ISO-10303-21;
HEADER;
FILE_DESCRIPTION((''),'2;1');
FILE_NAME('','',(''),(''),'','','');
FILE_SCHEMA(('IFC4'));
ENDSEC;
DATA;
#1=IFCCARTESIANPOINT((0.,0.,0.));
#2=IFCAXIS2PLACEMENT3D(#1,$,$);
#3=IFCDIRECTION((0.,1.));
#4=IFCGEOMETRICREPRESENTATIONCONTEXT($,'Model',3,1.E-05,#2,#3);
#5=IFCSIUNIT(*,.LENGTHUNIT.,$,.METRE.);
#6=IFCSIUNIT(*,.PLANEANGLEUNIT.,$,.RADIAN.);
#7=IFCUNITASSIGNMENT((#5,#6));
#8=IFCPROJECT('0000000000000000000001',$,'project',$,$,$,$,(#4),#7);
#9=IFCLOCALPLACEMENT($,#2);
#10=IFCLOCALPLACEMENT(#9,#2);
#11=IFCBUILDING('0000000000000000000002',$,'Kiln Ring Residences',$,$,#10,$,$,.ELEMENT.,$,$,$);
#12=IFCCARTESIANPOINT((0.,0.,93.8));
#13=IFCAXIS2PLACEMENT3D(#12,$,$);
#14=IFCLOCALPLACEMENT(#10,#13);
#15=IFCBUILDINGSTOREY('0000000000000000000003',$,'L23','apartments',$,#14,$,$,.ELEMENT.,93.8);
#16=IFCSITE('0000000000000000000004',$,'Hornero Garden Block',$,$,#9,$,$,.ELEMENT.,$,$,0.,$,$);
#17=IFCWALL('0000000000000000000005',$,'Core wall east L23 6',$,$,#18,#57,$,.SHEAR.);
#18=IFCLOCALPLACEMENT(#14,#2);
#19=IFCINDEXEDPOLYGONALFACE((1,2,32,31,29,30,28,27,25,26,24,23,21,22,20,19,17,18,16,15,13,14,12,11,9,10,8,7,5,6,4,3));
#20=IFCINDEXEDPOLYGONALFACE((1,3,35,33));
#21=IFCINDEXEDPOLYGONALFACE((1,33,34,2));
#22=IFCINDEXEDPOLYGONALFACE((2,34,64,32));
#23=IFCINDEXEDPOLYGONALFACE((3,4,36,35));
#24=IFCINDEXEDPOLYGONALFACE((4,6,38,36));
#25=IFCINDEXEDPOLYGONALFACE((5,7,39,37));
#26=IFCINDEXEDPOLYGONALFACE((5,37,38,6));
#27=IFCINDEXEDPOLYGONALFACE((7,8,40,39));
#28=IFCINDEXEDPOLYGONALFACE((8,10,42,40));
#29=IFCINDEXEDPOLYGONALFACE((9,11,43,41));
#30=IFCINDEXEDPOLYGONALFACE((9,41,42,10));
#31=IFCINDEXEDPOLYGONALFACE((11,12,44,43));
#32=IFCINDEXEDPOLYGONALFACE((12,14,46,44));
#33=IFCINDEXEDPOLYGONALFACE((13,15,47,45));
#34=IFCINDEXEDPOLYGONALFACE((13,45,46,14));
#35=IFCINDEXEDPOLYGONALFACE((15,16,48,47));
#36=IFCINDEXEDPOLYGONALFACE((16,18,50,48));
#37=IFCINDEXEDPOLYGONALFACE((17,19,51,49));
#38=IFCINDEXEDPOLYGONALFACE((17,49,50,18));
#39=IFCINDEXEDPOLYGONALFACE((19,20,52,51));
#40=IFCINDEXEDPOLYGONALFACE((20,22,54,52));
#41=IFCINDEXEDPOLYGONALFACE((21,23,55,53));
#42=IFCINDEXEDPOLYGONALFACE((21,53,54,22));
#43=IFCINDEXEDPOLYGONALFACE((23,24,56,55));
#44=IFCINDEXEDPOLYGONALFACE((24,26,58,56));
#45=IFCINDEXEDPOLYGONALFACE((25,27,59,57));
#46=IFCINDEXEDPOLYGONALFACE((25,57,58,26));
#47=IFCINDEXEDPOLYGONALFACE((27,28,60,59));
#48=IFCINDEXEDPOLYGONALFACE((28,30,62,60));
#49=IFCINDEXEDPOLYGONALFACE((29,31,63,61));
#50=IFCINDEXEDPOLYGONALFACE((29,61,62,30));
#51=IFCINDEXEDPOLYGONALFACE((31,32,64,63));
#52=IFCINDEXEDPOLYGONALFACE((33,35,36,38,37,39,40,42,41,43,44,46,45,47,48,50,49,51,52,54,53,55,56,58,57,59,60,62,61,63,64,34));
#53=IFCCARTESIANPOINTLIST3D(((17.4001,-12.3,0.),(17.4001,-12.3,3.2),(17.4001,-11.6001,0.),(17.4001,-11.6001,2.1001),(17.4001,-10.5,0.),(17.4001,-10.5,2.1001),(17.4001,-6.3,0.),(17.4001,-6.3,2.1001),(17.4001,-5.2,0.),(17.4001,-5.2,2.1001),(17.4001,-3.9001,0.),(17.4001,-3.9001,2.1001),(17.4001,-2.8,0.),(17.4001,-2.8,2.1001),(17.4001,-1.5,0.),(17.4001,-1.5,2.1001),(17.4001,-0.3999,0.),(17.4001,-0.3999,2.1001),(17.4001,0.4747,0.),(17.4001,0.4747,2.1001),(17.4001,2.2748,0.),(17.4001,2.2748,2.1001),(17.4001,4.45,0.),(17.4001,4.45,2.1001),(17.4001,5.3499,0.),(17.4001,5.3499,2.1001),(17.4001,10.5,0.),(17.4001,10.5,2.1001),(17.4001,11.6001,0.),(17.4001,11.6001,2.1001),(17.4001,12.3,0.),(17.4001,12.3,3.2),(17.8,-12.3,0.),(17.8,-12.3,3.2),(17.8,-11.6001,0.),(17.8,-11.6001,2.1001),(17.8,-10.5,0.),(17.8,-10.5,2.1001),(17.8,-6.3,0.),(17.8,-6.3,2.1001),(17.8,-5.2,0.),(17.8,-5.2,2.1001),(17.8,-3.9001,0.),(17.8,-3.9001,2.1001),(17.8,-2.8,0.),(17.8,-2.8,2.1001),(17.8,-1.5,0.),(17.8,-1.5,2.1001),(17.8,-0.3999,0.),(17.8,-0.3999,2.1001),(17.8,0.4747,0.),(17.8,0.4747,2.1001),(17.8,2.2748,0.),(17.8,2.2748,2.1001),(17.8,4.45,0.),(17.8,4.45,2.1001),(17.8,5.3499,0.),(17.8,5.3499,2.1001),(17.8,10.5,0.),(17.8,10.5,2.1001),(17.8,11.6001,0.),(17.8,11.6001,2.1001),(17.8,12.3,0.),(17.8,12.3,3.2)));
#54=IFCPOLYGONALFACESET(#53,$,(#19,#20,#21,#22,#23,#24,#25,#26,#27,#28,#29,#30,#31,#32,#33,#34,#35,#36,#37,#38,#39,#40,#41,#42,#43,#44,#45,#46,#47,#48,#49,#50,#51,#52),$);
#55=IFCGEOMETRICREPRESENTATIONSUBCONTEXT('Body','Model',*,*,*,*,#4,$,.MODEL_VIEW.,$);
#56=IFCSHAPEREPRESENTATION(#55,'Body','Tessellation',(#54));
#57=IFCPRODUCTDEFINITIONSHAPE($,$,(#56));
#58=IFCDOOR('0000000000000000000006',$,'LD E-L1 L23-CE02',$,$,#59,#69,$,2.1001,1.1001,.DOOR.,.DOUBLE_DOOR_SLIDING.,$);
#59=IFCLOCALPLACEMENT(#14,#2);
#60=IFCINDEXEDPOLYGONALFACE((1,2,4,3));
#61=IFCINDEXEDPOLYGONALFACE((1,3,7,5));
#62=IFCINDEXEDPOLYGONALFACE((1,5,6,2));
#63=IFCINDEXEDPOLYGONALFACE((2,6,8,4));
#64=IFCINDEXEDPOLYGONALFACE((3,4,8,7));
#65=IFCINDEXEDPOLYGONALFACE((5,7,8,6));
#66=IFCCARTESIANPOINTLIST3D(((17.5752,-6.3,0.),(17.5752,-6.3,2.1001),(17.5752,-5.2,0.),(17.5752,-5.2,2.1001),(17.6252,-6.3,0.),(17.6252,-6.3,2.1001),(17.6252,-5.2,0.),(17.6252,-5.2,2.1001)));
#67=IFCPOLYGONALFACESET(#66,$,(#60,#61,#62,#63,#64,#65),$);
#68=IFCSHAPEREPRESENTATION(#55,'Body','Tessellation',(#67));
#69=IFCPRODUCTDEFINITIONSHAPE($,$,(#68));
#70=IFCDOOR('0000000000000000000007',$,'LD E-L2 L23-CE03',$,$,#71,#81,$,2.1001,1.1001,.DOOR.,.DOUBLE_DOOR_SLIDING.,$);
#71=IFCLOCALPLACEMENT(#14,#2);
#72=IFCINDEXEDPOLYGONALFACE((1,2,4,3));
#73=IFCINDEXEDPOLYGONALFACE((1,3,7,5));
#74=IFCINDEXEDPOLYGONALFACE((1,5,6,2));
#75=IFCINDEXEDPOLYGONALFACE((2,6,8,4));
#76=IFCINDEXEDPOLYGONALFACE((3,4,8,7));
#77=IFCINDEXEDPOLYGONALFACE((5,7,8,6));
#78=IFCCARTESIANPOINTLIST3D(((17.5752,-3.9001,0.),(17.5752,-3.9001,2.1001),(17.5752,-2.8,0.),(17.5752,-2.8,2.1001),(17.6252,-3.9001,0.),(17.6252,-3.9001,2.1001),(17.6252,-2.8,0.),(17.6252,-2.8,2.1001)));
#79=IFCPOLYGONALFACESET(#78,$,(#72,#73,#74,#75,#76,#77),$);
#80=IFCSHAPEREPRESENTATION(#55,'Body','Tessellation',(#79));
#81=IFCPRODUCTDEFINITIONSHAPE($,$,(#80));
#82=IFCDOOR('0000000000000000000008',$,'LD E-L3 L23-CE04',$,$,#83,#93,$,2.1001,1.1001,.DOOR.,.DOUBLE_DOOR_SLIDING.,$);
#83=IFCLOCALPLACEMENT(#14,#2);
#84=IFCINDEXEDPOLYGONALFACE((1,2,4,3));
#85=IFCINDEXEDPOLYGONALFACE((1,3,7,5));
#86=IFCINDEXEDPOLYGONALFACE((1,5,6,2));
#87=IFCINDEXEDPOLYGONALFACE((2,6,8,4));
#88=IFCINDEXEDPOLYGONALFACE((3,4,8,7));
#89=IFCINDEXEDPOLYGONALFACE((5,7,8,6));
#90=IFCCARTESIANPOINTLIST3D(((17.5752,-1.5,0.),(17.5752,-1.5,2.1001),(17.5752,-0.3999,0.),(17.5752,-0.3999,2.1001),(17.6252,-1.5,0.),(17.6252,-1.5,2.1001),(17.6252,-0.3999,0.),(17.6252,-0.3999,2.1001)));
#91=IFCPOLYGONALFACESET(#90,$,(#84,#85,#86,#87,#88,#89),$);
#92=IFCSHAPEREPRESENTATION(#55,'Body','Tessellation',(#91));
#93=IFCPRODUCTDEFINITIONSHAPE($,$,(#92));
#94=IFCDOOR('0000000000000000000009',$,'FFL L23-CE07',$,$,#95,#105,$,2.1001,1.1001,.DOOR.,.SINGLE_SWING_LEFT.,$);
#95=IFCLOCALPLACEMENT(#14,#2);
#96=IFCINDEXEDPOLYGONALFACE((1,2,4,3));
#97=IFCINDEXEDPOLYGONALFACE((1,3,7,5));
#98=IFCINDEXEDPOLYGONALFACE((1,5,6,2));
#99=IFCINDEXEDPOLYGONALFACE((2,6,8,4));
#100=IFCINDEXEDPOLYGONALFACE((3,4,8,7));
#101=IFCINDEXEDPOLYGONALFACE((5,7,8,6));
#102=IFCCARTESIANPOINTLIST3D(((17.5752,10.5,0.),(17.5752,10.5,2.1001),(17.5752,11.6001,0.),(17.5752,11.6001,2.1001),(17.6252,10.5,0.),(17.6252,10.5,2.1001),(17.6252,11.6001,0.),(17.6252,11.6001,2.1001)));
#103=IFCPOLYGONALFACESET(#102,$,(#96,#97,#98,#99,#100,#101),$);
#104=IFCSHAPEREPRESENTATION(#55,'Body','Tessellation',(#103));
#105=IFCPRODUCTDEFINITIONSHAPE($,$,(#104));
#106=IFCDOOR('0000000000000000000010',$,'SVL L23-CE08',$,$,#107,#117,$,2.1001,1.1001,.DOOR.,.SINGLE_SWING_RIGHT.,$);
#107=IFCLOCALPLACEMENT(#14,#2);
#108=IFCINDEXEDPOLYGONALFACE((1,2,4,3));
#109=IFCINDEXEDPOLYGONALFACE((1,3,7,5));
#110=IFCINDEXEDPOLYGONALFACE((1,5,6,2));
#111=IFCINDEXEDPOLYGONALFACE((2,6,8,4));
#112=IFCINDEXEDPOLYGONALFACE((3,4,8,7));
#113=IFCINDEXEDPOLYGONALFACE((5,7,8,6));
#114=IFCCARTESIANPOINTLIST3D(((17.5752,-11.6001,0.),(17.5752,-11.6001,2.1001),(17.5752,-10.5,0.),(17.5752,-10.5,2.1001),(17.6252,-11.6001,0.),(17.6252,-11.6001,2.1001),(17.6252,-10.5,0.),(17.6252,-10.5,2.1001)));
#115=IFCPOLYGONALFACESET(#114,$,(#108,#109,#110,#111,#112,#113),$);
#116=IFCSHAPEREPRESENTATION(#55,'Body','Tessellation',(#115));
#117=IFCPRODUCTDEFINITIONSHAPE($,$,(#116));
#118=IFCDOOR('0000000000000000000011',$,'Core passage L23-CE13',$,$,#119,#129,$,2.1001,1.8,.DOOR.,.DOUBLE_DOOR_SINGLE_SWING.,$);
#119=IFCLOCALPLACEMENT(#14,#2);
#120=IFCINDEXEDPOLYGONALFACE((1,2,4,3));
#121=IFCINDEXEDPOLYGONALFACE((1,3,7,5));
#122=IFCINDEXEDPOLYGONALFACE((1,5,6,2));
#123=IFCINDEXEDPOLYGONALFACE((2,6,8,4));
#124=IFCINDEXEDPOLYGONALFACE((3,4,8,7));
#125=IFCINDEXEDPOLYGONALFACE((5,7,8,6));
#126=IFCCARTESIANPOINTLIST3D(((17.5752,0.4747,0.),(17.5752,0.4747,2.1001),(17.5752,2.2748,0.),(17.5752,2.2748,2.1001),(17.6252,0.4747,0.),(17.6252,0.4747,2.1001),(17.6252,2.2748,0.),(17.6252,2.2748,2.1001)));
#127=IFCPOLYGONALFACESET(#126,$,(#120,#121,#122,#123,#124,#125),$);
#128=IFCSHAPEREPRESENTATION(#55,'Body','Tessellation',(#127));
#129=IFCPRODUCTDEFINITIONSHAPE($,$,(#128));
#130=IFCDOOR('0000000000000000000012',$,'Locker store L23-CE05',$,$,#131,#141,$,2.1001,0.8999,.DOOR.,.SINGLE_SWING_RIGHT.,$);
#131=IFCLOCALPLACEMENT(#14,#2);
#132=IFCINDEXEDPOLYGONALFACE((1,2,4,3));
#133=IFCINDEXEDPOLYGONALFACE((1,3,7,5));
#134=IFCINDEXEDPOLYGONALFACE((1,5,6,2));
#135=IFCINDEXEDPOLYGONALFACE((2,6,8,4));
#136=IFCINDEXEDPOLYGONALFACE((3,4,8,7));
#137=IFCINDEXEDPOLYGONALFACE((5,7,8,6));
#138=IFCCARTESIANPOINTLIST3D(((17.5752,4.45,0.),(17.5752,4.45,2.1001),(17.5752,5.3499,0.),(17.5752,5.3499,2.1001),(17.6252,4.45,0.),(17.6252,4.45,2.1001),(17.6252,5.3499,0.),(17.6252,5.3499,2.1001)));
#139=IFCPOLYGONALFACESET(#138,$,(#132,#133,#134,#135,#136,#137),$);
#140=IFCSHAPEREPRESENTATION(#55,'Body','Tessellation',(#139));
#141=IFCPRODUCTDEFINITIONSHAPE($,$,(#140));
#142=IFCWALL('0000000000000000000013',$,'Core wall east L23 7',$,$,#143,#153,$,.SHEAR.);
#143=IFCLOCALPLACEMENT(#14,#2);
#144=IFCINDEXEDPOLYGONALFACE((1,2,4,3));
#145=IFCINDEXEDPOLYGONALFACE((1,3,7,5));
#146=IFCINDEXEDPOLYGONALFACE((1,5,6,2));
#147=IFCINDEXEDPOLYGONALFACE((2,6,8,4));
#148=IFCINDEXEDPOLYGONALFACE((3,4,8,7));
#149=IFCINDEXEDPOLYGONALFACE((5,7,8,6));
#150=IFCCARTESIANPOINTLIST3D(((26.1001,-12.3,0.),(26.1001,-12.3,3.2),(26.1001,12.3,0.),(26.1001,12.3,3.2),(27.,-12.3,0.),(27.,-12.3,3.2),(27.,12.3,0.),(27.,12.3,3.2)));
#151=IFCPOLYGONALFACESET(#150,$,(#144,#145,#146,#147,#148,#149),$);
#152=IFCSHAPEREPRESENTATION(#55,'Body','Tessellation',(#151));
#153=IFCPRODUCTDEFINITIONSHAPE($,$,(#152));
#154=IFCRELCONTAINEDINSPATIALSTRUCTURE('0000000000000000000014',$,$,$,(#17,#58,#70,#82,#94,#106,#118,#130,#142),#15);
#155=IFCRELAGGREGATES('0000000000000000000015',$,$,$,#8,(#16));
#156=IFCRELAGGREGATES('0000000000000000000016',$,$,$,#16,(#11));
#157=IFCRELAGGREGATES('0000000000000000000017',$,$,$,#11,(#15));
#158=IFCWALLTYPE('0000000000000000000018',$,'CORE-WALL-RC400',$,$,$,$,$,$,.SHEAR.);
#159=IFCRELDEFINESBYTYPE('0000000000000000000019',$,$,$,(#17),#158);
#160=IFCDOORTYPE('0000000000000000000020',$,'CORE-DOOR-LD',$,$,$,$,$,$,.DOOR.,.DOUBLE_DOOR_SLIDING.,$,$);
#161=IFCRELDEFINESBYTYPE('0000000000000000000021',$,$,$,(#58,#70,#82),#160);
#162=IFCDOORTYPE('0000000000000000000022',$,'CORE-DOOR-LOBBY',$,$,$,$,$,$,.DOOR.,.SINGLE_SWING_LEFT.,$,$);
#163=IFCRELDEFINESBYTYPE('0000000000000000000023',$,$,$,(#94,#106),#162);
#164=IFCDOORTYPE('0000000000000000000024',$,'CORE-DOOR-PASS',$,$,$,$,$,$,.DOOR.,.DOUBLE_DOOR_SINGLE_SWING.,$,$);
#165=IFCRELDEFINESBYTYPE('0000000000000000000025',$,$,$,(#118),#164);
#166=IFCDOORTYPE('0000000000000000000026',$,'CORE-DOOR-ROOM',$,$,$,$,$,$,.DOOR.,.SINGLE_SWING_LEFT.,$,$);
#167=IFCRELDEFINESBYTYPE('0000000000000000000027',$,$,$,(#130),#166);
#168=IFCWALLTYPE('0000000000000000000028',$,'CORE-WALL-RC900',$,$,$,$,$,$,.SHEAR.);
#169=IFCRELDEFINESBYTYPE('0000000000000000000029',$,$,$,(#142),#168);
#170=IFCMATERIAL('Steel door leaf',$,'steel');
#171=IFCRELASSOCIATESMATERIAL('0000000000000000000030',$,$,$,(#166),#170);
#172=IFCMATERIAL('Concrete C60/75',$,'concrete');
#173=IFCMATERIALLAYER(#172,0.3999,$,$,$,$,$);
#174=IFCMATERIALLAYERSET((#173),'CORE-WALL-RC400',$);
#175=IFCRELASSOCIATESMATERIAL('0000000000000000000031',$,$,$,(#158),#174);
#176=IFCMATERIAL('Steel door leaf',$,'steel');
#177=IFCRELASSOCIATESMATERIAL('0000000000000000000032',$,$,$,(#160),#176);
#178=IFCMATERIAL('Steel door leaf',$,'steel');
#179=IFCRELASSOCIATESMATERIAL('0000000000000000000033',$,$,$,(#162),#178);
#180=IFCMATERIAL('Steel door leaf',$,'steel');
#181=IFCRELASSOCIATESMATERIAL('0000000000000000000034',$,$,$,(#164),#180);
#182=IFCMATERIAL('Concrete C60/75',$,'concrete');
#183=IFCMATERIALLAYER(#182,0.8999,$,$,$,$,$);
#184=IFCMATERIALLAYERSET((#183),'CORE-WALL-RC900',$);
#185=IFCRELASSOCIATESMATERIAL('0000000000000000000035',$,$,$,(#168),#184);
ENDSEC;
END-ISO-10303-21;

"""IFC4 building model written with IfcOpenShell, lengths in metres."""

from ifc_helpers import new_model, si_unit, direction, frame, frame_2d, origin, place, context, subcontext, project, spatial, rectangle, extrude, material, layer, layer_set, type_object, element, fill, save


model = new_model("IFC4")

# Units and contexts
model_context = context("Model", 3, precision=1e-05, world=origin(), true_north=direction((0.0, 1.0)))
body_context = subcontext(model_context, "Body", "Model", "MODEL_VIEW")
ifc_project = project(units=[si_unit("LENGTHUNIT", "METRE"), si_unit("PLANEANGLEUNIT", "RADIAN")], contexts=[model_context])

# Site, building, storey
site_placement = place(None, origin())
site = spatial("IfcSite", under=ifc_project, at=site_placement, Name="Hornero Garden Block", CompositionType="ELEMENT", RefElevation=0.0)
building_placement = place(site_placement, origin())
building = spatial("IfcBuilding", under=site, at=building_placement, Name="Kiln Ring Residences", CompositionType="ELEMENT")
storey_placement = place(building_placement, frame((0.0, 0.0, 93.8)))
storey = spatial("IfcBuildingStorey", under=building, at=storey_placement, Name="L23", Description="apartments", CompositionType="ELEMENT", Elevation=93.8)

# Shared definitions
ifc_material_1 = material(Name="Steel door leaf", Category="steel")
door_type_1 = type_object("IfcDoorType", Name="CORE-DOOR-ROOM", OperationType="SINGLE_SWING_LEFT", PredefinedType="DOOR", material=ifc_material_1)

# Wall, openings, doors
ifc_material_2 = material(Name="Concrete C60/75", Category="concrete")
ifc_layer_1 = layer(ifc_material_2, 0.3999)
ifc_layer_set_1 = layer_set([ifc_layer_1], Name="CORE-WALL-RC400")
wall_type_1 = type_object("IfcWallType", Name="CORE-WALL-RC400", PredefinedType="SHEAR", material=ifc_layer_set_1)
wall_1_placement = place(storey_placement, frame((17.6001, -12.3, 0.0), z_axis=(0.0, 0.0, 1.0), x_axis=(0.0, 1.0, 0.0)))
wall_1 = element("IfcWall", 1, at=wall_1_placement, inside=storey, type_object=wall_type_1, Name="Core wall east L23 6", PredefinedType="SHEAR", context=body_context, shape_type="SweptSolid", body=[
    extrude(rectangle(XDim=24.6001, YDim=0.3999, at=frame_2d((12.3, 0.0))), origin(), (0.0, 0.0, 1.0), 3.2),
])
opening_1_placement = place(wall_1_placement, frame((6.0, 0.0, 0.0)))
opening_1 = element("IfcOpeningElement", 2, at=opening_1_placement, cuts=wall_1, PredefinedType="OPENING", context=body_context, shape_type="SweptSolid", body=[
    extrude(rectangle(XDim=1.1001, YDim=2.1001, at=frame_2d((0.55, 1.05))), frame((0.0, 0.21, 0.0), z_axis=(0.0, -1.0, 0.0), x_axis=(1.0, 0.0, 0.0)), (0.0, 0.0, 1.0), 0.4199),
])
opening_2_placement = place(wall_1_placement, frame((8.3999, 0.0, 0.0)))
opening_2 = element("IfcOpeningElement", 3, at=opening_2_placement, cuts=wall_1, PredefinedType="OPENING", context=body_context, shape_type="SweptSolid", body=[
    extrude(rectangle(XDim=1.1001, YDim=2.1001, at=frame_2d((0.55, 1.05))), frame((0.0, 0.21, 0.0), z_axis=(0.0, -1.0, 0.0), x_axis=(1.0, 0.0, 0.0)), (0.0, 0.0, 1.0), 0.4199),
])
opening_3_placement = place(wall_1_placement, frame((10.8, 0.0, 0.0)))
opening_3 = element("IfcOpeningElement", 4, at=opening_3_placement, cuts=wall_1, PredefinedType="OPENING", context=body_context, shape_type="SweptSolid", body=[
    extrude(rectangle(XDim=1.1001, YDim=2.1001, at=frame_2d((0.55, 1.05))), frame((0.0, 0.21, 0.0), z_axis=(0.0, -1.0, 0.0), x_axis=(1.0, 0.0, 0.0)), (0.0, 0.0, 1.0), 0.4199),
])
opening_4_placement = place(wall_1_placement, frame((16.75, 0.0, 0.0)))
opening_4 = element("IfcOpeningElement", 5, at=opening_4_placement, cuts=wall_1, PredefinedType="OPENING", context=body_context, shape_type="SweptSolid", body=[
    extrude(rectangle(XDim=0.8999, YDim=2.1001, at=frame_2d((0.45, 1.05))), frame((0.0, 0.21, 0.0), z_axis=(0.0, -1.0, 0.0), x_axis=(1.0, 0.0, 0.0)), (0.0, 0.0, 1.0), 0.4199),
])
opening_5_placement = place(wall_1_placement, frame((22.8, 0.0, 0.0)))
opening_5 = element("IfcOpeningElement", 6, at=opening_5_placement, cuts=wall_1, PredefinedType="OPENING", context=body_context, shape_type="SweptSolid", body=[
    extrude(rectangle(XDim=1.1001, YDim=2.1001, at=frame_2d((0.55, 1.05))), frame((0.0, 0.21, 0.0), z_axis=(0.0, -1.0, 0.0), x_axis=(1.0, 0.0, 0.0)), (0.0, 0.0, 1.0), 0.4199),
])
opening_6_placement = place(wall_1_placement, frame((0.7, 0.0, 0.0)))
opening_6 = element("IfcOpeningElement", 7, at=opening_6_placement, cuts=wall_1, PredefinedType="OPENING", context=body_context, shape_type="SweptSolid", body=[
    extrude(rectangle(XDim=1.1001, YDim=2.1001, at=frame_2d((0.55, 1.05))), frame((0.0, 0.21, 0.0), z_axis=(0.0, -1.0, 0.0), x_axis=(1.0, 0.0, 0.0)), (0.0, 0.0, 1.0), 0.4199),
])
opening_7_placement = place(wall_1_placement, frame((12.7749, 0.0, 0.0)))
opening_7 = element("IfcOpeningElement", 8, at=opening_7_placement, cuts=wall_1, PredefinedType="OPENING", context=body_context, shape_type="SweptSolid", body=[
    extrude(rectangle(XDim=1.8, YDim=2.1001, at=frame_2d((0.8999, 1.05))), frame((0.0, 0.21, 0.0), z_axis=(0.0, -1.0, 0.0), x_axis=(1.0, 0.0, 0.0)), (0.0, 0.0, 1.0), 0.4199),
])
ifc_material_3 = material(Name="Steel door leaf", Category="steel")
door_type_2 = type_object("IfcDoorType", Name="CORE-DOOR-LD", OperationType="DOUBLE_DOOR_SLIDING", PredefinedType="DOOR", material=ifc_material_3)
door_1_placement = place(opening_1_placement, origin())
door_1 = element("IfcDoor", 9, at=door_1_placement, inside=storey, type_object=door_type_2, Name="LD E-L1 L23-CE02", OperationType="DOUBLE_DOOR_SLIDING", OverallHeight=2.1001, OverallWidth=1.1001, PredefinedType="DOOR", context=body_context, shape_type="SweptSolid", body=[
    extrude(rectangle(XDim=1.1001, YDim=2.1001, at=frame_2d((0.55, 1.05))), frame((0.0, 0.0249, 0.0), z_axis=(0.0, -1.0, 0.0), x_axis=(1.0, 0.0, 0.0)), (0.0, 0.0, 1.0), 0.05),
])
fill(opening_1, door_1)
door_2_placement = place(opening_2_placement, origin())
door_2 = element("IfcDoor", 10, at=door_2_placement, inside=storey, type_object=door_type_2, Name="LD E-L2 L23-CE03", OperationType="DOUBLE_DOOR_SLIDING", OverallHeight=2.1001, OverallWidth=1.1001, PredefinedType="DOOR", context=body_context, shape_type="SweptSolid", body=[
    extrude(rectangle(XDim=1.1001, YDim=2.1001, at=frame_2d((0.55, 1.05))), frame((0.0, 0.0249, 0.0), z_axis=(0.0, -1.0, 0.0), x_axis=(1.0, 0.0, 0.0)), (0.0, 0.0, 1.0), 0.05),
])
fill(opening_2, door_2)
door_3_placement = place(opening_3_placement, origin())
door_3 = element("IfcDoor", 11, at=door_3_placement, inside=storey, type_object=door_type_2, Name="LD E-L3 L23-CE04", OperationType="DOUBLE_DOOR_SLIDING", OverallHeight=2.1001, OverallWidth=1.1001, PredefinedType="DOOR", context=body_context, shape_type="SweptSolid", body=[
    extrude(rectangle(XDim=1.1001, YDim=2.1001, at=frame_2d((0.55, 1.05))), frame((0.0, 0.0249, 0.0), z_axis=(0.0, -1.0, 0.0), x_axis=(1.0, 0.0, 0.0)), (0.0, 0.0, 1.0), 0.05),
])
fill(opening_3, door_3)
ifc_material_4 = material(Name="Steel door leaf", Category="steel")
door_type_3 = type_object("IfcDoorType", Name="CORE-DOOR-LOBBY", OperationType="SINGLE_SWING_LEFT", PredefinedType="DOOR", material=ifc_material_4)
door_4_placement = place(opening_5_placement, origin())
door_4 = element("IfcDoor", 12, at=door_4_placement, inside=storey, type_object=door_type_3, Name="FFL L23-CE07", OperationType="SINGLE_SWING_LEFT", OverallHeight=2.1001, OverallWidth=1.1001, PredefinedType="DOOR", context=body_context, shape_type="SweptSolid", body=[
    extrude(rectangle(XDim=1.1001, YDim=2.1001, at=frame_2d((0.55, 1.05))), frame((0.0, 0.0249, 0.0), z_axis=(0.0, -1.0, 0.0), x_axis=(1.0, 0.0, 0.0)), (0.0, 0.0, 1.0), 0.05),
])
fill(opening_5, door_4)
door_5_placement = place(opening_6_placement, origin())
door_5 = element("IfcDoor", 13, at=door_5_placement, inside=storey, type_object=door_type_3, Name="SVL L23-CE08", OperationType="SINGLE_SWING_RIGHT", OverallHeight=2.1001, OverallWidth=1.1001, PredefinedType="DOOR", context=body_context, shape_type="SweptSolid", body=[
    extrude(rectangle(XDim=1.1001, YDim=2.1001, at=frame_2d((0.55, 1.05))), frame((0.0, 0.0249, 0.0), z_axis=(0.0, -1.0, 0.0), x_axis=(1.0, 0.0, 0.0)), (0.0, 0.0, 1.0), 0.05),
])
fill(opening_6, door_5)
ifc_material_5 = material(Name="Steel door leaf", Category="steel")
door_type_4 = type_object("IfcDoorType", Name="CORE-DOOR-PASS", OperationType="DOUBLE_DOOR_SINGLE_SWING", PredefinedType="DOOR", material=ifc_material_5)
door_6_placement = place(opening_7_placement, origin())
door_6 = element("IfcDoor", 14, at=door_6_placement, inside=storey, type_object=door_type_4, Name="Core passage L23-CE13", OperationType="DOUBLE_DOOR_SINGLE_SWING", OverallHeight=2.1001, OverallWidth=1.8, PredefinedType="DOOR", context=body_context, shape_type="SweptSolid", body=[
    extrude(rectangle(XDim=1.8, YDim=2.1001, at=frame_2d((0.8999, 1.05))), frame((0.0, 0.0249, 0.0), z_axis=(0.0, -1.0, 0.0), x_axis=(1.0, 0.0, 0.0)), (0.0, 0.0, 1.0), 0.05),
])
fill(opening_7, door_6)
door_7_placement = place(opening_4_placement, origin())
door_7 = element("IfcDoor", 15, at=door_7_placement, inside=storey, type_object=door_type_1, Name="Locker store L23-CE05", OperationType="SINGLE_SWING_RIGHT", OverallHeight=2.1001, OverallWidth=0.8999, PredefinedType="DOOR", context=body_context, shape_type="SweptSolid", body=[
    extrude(rectangle(XDim=0.8999, YDim=2.1001, at=frame_2d((0.45, 1.05))), frame((0.0, 0.0249, 0.0), z_axis=(0.0, -1.0, 0.0), x_axis=(1.0, 0.0, 0.0)), (0.0, 0.0, 1.0), 0.05),
])
fill(opening_4, door_7)

# Wall
ifc_material_6 = material(Name="Concrete C60/75", Category="concrete")
ifc_layer_2 = layer(ifc_material_6, 0.8999)
ifc_layer_set_2 = layer_set([ifc_layer_2], Name="CORE-WALL-RC900")
wall_type_2 = type_object("IfcWallType", Name="CORE-WALL-RC900", PredefinedType="SHEAR", material=ifc_layer_set_2)
wall_2_placement = place(storey_placement, frame((26.55, -12.3, 0.0), z_axis=(0.0, 0.0, 1.0), x_axis=(0.0, 1.0, 0.0)))
element("IfcWall", 16, at=wall_2_placement, inside=storey, type_object=wall_type_2, Name="Core wall east L23 7", PredefinedType="SHEAR", context=body_context, shape_type="SweptSolid", body=[
    extrude(rectangle(XDim=24.6001, YDim=0.8999, at=frame_2d((12.3, 0.0))), origin(), (0.0, 0.0, 1.0), 3.2),
])

save(model, "model.ifc")
